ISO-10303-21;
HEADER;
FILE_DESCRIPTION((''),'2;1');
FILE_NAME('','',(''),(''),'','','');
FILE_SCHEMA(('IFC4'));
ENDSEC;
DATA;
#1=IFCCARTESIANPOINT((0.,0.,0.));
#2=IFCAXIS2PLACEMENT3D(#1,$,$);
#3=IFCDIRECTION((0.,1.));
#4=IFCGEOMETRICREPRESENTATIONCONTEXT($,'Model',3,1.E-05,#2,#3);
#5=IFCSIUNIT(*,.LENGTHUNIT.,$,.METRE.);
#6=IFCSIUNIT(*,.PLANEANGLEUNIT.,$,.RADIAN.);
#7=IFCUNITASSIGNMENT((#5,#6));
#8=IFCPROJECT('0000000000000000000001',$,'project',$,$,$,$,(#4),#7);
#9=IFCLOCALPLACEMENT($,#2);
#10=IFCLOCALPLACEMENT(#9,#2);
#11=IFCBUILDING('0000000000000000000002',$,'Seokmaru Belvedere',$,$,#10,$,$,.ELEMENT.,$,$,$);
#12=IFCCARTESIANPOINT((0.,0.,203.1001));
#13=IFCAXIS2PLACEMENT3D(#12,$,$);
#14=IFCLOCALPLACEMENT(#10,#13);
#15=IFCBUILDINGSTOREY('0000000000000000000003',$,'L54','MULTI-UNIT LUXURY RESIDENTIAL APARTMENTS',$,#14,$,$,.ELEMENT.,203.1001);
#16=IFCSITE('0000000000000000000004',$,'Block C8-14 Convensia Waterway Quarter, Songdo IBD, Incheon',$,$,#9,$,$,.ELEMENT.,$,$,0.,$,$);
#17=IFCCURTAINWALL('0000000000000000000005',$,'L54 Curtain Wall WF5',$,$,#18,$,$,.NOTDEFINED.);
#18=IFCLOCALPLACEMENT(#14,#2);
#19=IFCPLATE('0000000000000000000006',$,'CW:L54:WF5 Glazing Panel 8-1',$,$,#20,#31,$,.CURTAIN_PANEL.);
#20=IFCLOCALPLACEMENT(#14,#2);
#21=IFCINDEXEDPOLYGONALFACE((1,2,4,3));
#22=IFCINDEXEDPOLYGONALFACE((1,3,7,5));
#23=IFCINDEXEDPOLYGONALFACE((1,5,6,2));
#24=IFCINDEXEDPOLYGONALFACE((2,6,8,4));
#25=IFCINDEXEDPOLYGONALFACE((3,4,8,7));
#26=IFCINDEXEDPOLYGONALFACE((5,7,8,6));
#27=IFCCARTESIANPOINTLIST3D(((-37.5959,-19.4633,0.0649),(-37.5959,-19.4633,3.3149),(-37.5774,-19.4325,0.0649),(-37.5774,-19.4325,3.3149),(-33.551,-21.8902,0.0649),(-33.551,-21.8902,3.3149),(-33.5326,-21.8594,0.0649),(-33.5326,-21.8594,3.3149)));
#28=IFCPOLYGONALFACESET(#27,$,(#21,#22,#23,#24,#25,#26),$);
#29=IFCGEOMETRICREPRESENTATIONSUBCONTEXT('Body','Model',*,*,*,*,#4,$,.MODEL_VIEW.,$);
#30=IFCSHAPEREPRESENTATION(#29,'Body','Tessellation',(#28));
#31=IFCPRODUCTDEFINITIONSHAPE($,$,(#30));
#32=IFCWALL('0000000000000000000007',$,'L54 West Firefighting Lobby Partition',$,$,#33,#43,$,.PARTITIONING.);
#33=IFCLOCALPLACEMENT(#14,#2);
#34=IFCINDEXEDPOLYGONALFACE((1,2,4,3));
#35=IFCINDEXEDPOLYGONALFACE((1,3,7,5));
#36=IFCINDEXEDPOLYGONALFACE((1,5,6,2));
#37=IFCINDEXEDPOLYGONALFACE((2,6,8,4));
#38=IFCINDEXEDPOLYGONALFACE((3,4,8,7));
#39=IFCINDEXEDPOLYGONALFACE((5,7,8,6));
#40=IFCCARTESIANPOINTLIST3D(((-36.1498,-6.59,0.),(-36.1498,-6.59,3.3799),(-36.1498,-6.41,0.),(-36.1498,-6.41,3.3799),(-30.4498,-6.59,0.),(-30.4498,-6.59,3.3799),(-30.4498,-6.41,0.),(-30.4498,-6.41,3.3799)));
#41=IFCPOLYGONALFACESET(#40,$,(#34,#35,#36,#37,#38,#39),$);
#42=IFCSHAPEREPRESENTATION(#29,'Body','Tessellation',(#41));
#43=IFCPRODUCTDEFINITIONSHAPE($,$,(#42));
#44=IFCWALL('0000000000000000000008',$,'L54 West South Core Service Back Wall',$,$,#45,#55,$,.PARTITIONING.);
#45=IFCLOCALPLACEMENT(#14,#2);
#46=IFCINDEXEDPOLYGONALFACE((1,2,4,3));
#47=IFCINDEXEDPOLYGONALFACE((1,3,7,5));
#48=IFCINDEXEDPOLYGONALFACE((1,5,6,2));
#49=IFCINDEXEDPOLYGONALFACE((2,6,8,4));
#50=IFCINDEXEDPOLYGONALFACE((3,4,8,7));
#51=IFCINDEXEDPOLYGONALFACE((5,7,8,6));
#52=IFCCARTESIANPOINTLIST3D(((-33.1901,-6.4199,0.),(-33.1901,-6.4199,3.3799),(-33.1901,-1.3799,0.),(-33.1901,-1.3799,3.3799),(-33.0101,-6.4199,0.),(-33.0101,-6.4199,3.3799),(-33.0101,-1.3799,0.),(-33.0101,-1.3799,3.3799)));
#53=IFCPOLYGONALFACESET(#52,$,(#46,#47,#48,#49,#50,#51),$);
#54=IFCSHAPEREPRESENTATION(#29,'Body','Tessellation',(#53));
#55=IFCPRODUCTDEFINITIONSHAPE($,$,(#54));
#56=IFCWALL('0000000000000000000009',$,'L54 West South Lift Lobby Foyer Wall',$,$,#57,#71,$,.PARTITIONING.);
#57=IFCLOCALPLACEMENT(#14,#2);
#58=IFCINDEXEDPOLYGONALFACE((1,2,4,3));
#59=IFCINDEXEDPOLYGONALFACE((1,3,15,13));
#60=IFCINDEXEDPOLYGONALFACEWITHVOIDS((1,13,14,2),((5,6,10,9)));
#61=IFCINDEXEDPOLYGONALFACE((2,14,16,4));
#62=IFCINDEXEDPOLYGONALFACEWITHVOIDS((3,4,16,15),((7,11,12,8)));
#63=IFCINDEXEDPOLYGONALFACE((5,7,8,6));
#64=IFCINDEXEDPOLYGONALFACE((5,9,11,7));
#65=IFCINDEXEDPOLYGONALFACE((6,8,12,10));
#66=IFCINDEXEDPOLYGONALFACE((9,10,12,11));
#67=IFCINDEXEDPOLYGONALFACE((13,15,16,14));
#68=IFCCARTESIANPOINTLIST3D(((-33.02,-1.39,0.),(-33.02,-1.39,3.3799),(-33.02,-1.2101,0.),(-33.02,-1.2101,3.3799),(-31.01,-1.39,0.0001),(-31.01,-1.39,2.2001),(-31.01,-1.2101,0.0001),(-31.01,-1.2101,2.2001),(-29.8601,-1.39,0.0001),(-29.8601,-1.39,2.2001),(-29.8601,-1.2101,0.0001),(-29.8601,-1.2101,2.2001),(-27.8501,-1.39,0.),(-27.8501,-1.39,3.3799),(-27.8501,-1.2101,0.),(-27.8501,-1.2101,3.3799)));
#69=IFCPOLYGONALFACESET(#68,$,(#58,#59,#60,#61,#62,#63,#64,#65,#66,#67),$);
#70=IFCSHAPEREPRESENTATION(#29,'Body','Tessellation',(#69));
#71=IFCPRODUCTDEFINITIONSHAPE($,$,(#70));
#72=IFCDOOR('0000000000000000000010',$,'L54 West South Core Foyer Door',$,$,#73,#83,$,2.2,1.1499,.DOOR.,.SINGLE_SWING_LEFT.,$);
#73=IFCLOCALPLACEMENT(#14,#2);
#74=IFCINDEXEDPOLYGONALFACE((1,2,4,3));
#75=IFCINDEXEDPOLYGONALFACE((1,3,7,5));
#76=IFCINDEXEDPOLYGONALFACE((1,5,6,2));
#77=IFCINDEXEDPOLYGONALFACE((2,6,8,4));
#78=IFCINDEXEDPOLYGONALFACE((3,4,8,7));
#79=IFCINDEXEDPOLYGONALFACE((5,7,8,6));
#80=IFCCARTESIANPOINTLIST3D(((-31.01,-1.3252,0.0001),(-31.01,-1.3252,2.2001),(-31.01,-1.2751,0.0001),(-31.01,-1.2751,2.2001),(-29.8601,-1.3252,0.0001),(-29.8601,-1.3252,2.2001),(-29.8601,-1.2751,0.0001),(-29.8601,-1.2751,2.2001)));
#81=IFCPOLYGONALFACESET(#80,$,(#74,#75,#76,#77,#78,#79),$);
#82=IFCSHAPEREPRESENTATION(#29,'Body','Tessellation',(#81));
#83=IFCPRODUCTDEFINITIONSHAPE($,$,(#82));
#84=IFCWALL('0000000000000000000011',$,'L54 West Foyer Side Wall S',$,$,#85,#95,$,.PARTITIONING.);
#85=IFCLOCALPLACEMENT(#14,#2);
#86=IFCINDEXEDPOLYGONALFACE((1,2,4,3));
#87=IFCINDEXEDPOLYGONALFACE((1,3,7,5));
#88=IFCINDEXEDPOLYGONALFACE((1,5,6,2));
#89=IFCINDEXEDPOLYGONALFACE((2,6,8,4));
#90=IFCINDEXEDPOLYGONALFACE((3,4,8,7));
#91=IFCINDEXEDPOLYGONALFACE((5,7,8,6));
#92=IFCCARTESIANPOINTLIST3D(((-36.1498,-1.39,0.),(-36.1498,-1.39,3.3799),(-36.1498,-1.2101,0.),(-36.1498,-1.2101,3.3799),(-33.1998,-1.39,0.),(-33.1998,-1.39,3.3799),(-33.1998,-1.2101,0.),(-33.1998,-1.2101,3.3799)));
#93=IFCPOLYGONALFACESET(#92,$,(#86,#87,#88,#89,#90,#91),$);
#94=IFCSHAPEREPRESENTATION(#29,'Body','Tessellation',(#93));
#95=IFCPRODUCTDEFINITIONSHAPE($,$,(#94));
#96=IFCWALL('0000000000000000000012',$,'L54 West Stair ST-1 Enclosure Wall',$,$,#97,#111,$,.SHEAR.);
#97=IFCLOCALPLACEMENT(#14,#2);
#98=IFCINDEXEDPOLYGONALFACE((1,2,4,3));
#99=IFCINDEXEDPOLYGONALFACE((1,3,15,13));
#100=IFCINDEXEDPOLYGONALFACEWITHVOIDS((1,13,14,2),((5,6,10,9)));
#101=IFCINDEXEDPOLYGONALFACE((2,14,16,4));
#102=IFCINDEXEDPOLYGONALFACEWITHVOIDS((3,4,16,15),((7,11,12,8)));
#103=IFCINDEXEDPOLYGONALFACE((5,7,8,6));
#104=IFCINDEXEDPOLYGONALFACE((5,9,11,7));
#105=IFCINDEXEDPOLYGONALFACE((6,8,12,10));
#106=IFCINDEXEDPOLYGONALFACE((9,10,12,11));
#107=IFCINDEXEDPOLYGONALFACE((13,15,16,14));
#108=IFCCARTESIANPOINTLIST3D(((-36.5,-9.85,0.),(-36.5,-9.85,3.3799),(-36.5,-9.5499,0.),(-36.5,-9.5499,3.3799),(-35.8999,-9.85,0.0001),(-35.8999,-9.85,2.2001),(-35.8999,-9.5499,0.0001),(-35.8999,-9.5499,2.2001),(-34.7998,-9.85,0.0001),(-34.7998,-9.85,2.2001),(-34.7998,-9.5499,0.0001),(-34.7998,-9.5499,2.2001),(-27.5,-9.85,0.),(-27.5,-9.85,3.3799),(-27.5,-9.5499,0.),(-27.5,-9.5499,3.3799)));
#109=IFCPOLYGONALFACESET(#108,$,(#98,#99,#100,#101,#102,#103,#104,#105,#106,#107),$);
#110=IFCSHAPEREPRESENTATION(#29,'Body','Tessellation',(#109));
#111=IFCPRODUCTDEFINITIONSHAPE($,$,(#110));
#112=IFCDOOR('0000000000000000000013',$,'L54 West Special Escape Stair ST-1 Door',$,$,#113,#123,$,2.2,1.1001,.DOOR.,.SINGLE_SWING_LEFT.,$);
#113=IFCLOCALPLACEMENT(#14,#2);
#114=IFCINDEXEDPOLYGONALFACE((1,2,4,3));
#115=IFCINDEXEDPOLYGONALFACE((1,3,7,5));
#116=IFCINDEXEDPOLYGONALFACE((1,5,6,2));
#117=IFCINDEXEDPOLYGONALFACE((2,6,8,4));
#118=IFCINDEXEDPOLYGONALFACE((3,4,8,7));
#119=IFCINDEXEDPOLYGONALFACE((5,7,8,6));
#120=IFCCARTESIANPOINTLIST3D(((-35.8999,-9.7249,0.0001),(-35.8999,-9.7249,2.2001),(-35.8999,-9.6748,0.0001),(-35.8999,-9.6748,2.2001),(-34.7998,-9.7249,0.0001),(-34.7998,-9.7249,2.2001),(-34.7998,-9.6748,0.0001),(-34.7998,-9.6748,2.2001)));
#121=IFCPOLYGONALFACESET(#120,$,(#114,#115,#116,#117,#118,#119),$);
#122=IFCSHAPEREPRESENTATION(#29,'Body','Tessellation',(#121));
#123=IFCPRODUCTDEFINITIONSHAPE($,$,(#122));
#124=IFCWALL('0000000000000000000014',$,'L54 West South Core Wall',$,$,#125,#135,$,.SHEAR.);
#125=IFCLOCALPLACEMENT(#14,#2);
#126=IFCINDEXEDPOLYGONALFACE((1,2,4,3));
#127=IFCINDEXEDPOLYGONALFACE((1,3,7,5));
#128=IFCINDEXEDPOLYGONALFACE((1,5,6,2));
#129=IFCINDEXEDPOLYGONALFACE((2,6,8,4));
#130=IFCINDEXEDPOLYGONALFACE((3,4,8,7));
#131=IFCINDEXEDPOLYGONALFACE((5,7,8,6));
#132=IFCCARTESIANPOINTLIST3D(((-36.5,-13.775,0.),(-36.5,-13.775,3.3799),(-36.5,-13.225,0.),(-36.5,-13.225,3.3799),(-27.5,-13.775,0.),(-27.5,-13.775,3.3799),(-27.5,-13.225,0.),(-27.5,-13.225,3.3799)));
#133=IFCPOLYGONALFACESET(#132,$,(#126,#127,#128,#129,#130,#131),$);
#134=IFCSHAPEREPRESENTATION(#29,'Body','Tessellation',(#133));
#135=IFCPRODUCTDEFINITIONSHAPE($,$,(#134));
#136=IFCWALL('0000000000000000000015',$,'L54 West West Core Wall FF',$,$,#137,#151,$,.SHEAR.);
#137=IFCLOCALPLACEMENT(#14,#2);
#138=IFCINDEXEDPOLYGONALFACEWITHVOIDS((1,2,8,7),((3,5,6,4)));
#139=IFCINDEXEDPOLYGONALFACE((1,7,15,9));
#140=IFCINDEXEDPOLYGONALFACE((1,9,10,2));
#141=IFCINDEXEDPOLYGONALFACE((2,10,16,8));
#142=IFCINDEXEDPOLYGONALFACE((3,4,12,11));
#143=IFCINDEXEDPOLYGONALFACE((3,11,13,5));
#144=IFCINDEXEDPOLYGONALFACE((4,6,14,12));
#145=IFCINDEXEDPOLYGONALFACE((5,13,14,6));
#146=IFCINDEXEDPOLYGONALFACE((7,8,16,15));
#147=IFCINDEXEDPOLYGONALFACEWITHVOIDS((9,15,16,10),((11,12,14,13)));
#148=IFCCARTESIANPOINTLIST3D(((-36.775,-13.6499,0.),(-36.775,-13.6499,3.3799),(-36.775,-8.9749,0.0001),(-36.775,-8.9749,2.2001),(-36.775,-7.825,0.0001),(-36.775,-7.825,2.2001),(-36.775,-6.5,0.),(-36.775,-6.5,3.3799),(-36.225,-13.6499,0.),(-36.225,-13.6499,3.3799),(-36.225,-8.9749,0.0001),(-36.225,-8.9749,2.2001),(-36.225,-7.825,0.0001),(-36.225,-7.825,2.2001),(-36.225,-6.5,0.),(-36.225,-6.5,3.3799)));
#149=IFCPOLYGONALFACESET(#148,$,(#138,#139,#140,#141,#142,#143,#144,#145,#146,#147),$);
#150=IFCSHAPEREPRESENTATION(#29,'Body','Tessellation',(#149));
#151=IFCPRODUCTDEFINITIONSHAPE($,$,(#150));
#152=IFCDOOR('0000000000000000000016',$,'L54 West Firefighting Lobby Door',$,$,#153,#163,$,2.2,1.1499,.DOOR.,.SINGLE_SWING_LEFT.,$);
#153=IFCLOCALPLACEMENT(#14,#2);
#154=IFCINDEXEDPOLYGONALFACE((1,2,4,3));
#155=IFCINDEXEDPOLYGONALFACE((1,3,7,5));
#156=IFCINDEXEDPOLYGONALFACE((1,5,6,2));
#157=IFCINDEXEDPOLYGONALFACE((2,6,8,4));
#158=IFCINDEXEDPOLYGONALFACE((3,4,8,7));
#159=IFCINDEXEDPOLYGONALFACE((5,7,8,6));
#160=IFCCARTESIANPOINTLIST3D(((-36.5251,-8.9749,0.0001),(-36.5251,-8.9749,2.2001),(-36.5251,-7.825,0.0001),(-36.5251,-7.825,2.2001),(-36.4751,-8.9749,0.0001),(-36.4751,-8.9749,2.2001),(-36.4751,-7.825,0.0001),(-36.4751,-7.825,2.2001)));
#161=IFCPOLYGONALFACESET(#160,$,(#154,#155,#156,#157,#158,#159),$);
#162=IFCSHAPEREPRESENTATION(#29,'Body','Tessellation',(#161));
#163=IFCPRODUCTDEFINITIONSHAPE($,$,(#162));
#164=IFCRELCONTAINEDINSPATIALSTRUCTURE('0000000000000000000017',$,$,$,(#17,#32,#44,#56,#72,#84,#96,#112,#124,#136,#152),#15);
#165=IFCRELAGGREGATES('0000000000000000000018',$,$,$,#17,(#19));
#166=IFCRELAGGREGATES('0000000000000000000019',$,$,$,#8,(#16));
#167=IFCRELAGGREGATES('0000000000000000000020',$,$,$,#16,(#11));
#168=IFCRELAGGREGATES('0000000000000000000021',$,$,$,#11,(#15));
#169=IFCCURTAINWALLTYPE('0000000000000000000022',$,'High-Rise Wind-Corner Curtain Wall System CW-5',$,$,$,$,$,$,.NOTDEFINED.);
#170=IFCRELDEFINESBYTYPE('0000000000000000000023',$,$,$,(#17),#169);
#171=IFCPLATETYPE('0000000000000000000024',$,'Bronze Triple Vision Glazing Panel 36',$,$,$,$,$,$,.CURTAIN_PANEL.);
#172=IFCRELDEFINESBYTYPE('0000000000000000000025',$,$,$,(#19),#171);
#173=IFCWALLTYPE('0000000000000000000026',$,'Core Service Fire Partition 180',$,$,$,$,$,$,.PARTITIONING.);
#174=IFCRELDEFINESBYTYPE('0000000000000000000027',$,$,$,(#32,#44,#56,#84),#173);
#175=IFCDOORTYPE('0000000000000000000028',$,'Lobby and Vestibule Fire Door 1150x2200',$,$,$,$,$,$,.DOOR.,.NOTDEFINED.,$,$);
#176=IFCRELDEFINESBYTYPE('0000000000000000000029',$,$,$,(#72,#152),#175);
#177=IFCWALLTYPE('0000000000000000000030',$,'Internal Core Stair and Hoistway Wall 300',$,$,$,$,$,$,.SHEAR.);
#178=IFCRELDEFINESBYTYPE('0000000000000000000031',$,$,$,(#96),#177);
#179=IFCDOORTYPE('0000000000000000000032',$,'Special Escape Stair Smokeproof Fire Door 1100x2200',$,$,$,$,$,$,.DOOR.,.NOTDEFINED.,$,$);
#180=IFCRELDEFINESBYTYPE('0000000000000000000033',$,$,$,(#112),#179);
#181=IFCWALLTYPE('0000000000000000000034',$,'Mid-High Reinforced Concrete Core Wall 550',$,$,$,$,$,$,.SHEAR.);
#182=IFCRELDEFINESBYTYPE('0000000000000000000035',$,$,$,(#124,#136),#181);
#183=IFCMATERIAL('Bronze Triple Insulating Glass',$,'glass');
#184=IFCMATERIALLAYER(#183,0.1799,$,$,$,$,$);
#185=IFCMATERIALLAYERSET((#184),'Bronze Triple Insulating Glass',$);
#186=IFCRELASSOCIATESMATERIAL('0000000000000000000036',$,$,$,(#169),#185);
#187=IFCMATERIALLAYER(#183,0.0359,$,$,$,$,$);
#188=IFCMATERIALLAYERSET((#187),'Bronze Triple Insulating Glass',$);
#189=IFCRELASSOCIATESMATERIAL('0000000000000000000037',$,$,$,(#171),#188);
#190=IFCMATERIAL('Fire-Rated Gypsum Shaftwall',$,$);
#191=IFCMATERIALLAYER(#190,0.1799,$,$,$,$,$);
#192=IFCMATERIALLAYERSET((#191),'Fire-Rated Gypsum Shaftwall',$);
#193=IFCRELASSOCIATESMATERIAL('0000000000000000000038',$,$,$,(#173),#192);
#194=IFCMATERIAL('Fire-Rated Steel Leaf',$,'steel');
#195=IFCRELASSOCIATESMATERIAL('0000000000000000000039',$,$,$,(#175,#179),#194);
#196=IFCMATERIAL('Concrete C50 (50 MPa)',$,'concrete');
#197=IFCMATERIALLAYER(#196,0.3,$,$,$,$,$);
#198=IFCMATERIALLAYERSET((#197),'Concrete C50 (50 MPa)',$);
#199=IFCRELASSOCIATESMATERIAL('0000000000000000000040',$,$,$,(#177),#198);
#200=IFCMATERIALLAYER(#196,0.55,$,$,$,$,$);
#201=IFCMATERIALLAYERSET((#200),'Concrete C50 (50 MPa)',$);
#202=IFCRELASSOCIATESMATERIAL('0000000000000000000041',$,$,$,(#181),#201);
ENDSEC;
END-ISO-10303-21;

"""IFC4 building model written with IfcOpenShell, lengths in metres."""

from ifc_helpers import new_model, si_unit, direction, frame, frame_2d, origin, origin_2d, place, context, subcontext, project, spatial, rectangle, extrude, source, transform, mapped, material, layer, layer_set, type_object, type_shapes, element, fill, aggregate, save


model = new_model("IFC4")

# Units and contexts
model_context = context("Model", 3, precision=1e-05, world=origin(), true_north=direction((0.0, 1.0)))
body_context = subcontext(model_context, "Body", "Model", "MODEL_VIEW")
ifc_project = project(units=[si_unit("LENGTHUNIT", "METRE"), si_unit("PLANEANGLEUNIT", "RADIAN")], contexts=[model_context])

# Site, building, storey
site_placement = place(None, origin())
site = spatial("IfcSite", under=ifc_project, at=site_placement, Name="Block C8-14 Convensia Waterway Quarter, Songdo IBD, Incheon", CompositionType="ELEMENT", RefElevation=0.0)
building_placement = place(site_placement, origin())
building = spatial("IfcBuilding", under=site, at=building_placement, Name="Seokmaru Belvedere", CompositionType="ELEMENT")
storey_placement = place(building_placement, frame((0.0, 0.0, 203.1001)))
storey = spatial("IfcBuildingStorey", under=building, at=storey_placement, Name="L54", Description="MULTI-UNIT LUXURY RESIDENTIAL APARTMENTS", CompositionType="ELEMENT", Elevation=203.1001)

# Curtain wall
ifc_material_1 = material(Name="Bronze Triple Insulating Glass", Category="glass")
ifc_layer_1 = layer(ifc_material_1, 0.1799)
ifc_layer_set_1 = layer_set([ifc_layer_1], Name="Bronze Triple Insulating Glass")
curtain_wall_type = type_object("IfcCurtainWallType", Name="High-Rise Wind-Corner Curtain Wall System CW-5", PredefinedType="NOTDEFINED", material=ifc_layer_set_1)
curtain_wall_1_placement = place(storey_placement, origin())
curtain_wall_1 = element("IfcCurtainWall", 1, at=curtain_wall_1_placement, inside=storey, type_object=curtain_wall_type, Name="L54 Curtain Wall WF5", PredefinedType="NOTDEFINED")

# Plate
ifc_layer_2 = layer(ifc_material_1, 0.0359)
ifc_layer_set_2 = layer_set([ifc_layer_2], Name="Bronze Triple Insulating Glass")
plate_type = type_object("IfcPlateType", Name="Bronze Triple Vision Glazing Panel 36", PredefinedType="CURTAIN_PANEL", material=ifc_layer_set_2)
shared_shape_1 = source(origin(), body_context, "Body", "SweptSolid", [
    extrude(rectangle(XDim=4.717, YDim=0.0359, at=origin_2d()), origin(), (0.0, 0.0, 1.0), 3.25),
])
type_shapes(plate_type, [shared_shape_1])
plate_placement = place(storey_placement, frame((-35.5642, -20.6614, 0.0649), z_axis=(0.0, 0.0, 1.0), x_axis=(0.857493, -0.514495, 0.0)))
plate = element("IfcPlate", 2, at=plate_placement, type_object=plate_type, Name="CW:L54:WF5 Glazing Panel 8-1", PredefinedType="CURTAIN_PANEL", context=body_context, shape_type="MappedRepresentation", body=[
    mapped(shared_shape_1, transform((0.0, 0.0, 0.0), scale=1.0)),
])
aggregate(curtain_wall_1, [plate])

# Shared definitions
ifc_material_2 = material(Name="Fire-Rated Gypsum Shaftwall")

# Walls
ifc_layer_3 = layer(ifc_material_2, 0.1799)
ifc_layer_set_3 = layer_set([ifc_layer_3], Name="Fire-Rated Gypsum Shaftwall")
wall_type_1 = type_object("IfcWallType", Name="Core Service Fire Partition 180", PredefinedType="PARTITIONING", material=ifc_layer_set_3)
wall_1_placement = place(storey_placement, frame((-36.1499, -6.5, 0.0), z_axis=(0.0, 0.0, 1.0), x_axis=(1.0, 0.0, 0.0)))
element("IfcWall", 3, at=wall_1_placement, inside=storey, type_object=wall_type_1, Name="L54 West Firefighting Lobby Partition", PredefinedType="PARTITIONING", context=body_context, shape_type="SweptSolid", body=[
    extrude(rectangle(XDim=5.7, YDim=0.1799, at=frame_2d((2.8501, 0.0))), origin(), (0.0, 0.0, 1.0), 3.3799),
])
wall_2_placement = place(storey_placement, frame((-33.1001, -6.4199, 0.0), z_axis=(0.0, 0.0, 1.0), x_axis=(0.0, 1.0, 0.0)))
element("IfcWall", 4, at=wall_2_placement, inside=storey, type_object=wall_type_1, Name="L54 West South Core Service Back Wall", PredefinedType="PARTITIONING", context=body_context, shape_type="SweptSolid", body=[
    extrude(rectangle(XDim=5.04, YDim=0.1799, at=frame_2d((2.52, 0.0))), origin(), (0.0, 0.0, 1.0), 3.3799),
])

# Wall, opening, door
wall_3_placement = place(storey_placement, frame((-33.02, -1.3, 0.0), z_axis=(0.0, 0.0, 1.0), x_axis=(1.0, 0.0, 0.0)))
wall_3 = element("IfcWall", 5, at=wall_3_placement, inside=storey, type_object=wall_type_1, Name="L54 West South Lift Lobby Foyer Wall", PredefinedType="PARTITIONING", context=body_context, shape_type="SweptSolid", body=[
    extrude(rectangle(XDim=5.1699, YDim=0.1799, at=frame_2d((2.585, 0.0))), origin(), (0.0, 0.0, 1.0), 3.3799),
])
opening_1_placement = place(wall_3_placement, frame((2.01, 0.0, 0.0)))
opening_1 = element("IfcOpeningElement", 6, at=opening_1_placement, cuts=wall_3, PredefinedType="OPENING", context=body_context, shape_type="SweptSolid", body=[
    extrude(rectangle(XDim=1.1499, YDim=2.2, at=frame_2d((0.575, 1.1001))), frame((0.0, 0.1001, 0.0), z_axis=(0.0, -1.0, 0.0), x_axis=(1.0, 0.0, 0.0)), (0.0, 0.0, 1.0), 0.2),
])
ifc_material_3 = material(Name="Fire-Rated Steel Leaf", Category="steel")
door_type_1 = type_object("IfcDoorType", Name="Lobby and Vestibule Fire Door 1150x2200", OperationType="NOTDEFINED", PredefinedType="DOOR", material=ifc_material_3)
shared_shape_2 = source(origin(), body_context, "Body", "SweptSolid", [
    extrude(rectangle(XDim=1.1499, YDim=2.2, at=frame_2d((0.575, 1.1001))), frame((0.0, 0.0249, 0.0), z_axis=(0.0, -1.0, 0.0), x_axis=(1.0, 0.0, 0.0)), (0.0, 0.0, 1.0), 0.05),
])
type_shapes(door_type_1, [shared_shape_2])
door_1_placement = place(opening_1_placement, origin())
door_1 = element("IfcDoor", 7, at=door_1_placement, inside=storey, type_object=door_type_1, Name="L54 West South Core Foyer Door", OperationType="SINGLE_SWING_LEFT", OverallHeight=2.2, OverallWidth=1.1499, PredefinedType="DOOR", context=body_context, shape_type="MappedRepresentation", body=[
    mapped(shared_shape_2, transform((0.0, 0.0, 0.0), scale=1.0)),
])
fill(opening_1, door_1)

# Wall
wall_4_placement = place(storey_placement, frame((-36.1499, -1.3, 0.0), z_axis=(0.0, 0.0, 1.0), x_axis=(1.0, 0.0, 0.0)))
element("IfcWall", 8, at=wall_4_placement, inside=storey, type_object=wall_type_1, Name="L54 West Foyer Side Wall S", PredefinedType="PARTITIONING", context=body_context, shape_type="SweptSolid", body=[
    extrude(rectangle(XDim=2.95, YDim=0.1799, at=frame_2d((1.4751, 0.0))), origin(), (0.0, 0.0, 1.0), 3.3799),
])

# Wall, opening, door
ifc_material_4 = material(Name="Concrete C50 (50 MPa)", Category="concrete")
ifc_layer_4 = layer(ifc_material_4, 0.3)
ifc_layer_set_4 = layer_set([ifc_layer_4], Name="Concrete C50 (50 MPa)")
wall_type_2 = type_object("IfcWallType", Name="Internal Core Stair and Hoistway Wall 300", PredefinedType="SHEAR", material=ifc_layer_set_4)
wall_5_placement = place(storey_placement, frame((-36.5, -9.7, 0.0), z_axis=(0.0, 0.0, 1.0), x_axis=(1.0, 0.0, 0.0)))
wall_5 = element("IfcWall", 9, at=wall_5_placement, inside=storey, type_object=wall_type_2, Name="L54 West Stair ST-1 Enclosure Wall", PredefinedType="SHEAR", context=body_context, shape_type="SweptSolid", body=[
    extrude(rectangle(XDim=9.0, YDim=0.3, at=frame_2d((4.5, 0.0))), origin(), (0.0, 0.0, 1.0), 3.3799),
])
opening_2_placement = place(wall_5_placement, frame((0.6001, 0.0, 0.0)))
opening_2 = element("IfcOpeningElement", 10, at=opening_2_placement, cuts=wall_5, PredefinedType="OPENING", context=body_context, shape_type="SweptSolid", body=[
    extrude(rectangle(XDim=1.1001, YDim=2.2, at=frame_2d((0.55, 1.1001))), frame((0.0, 0.1602, 0.0), z_axis=(0.0, -1.0, 0.0), x_axis=(1.0, 0.0, 0.0)), (0.0, 0.0, 1.0), 0.3201),
])
door_type_2 = type_object("IfcDoorType", Name="Special Escape Stair Smokeproof Fire Door 1100x2200", OperationType="NOTDEFINED", PredefinedType="DOOR", material=ifc_material_3)
shared_shape_3 = source(origin(), body_context, "Body", "SweptSolid", [
    extrude(rectangle(XDim=1.1001, YDim=2.2, at=frame_2d((0.55, 1.1001))), frame((0.0, 0.0249, 0.0), z_axis=(0.0, -1.0, 0.0), x_axis=(1.0, 0.0, 0.0)), (0.0, 0.0, 1.0), 0.05),
])
type_shapes(door_type_2, [shared_shape_3])
door_2_placement = place(opening_2_placement, frame((1.1001, 0.0, 0.0), z_axis=(0.0, 0.0, 1.0), x_axis=(-1.0, 0.0, 0.0)))
door_2 = element("IfcDoor", 11, at=door_2_placement, inside=storey, type_object=door_type_2, Name="L54 West Special Escape Stair ST-1 Door", OperationType="SINGLE_SWING_LEFT", OverallHeight=2.2, OverallWidth=1.1001, PredefinedType="DOOR", context=body_context, shape_type="MappedRepresentation", body=[
    mapped(shared_shape_3, transform((0.0, 0.0, 0.0), scale=1.0)),
])
fill(opening_2, door_2)

# Wall
ifc_layer_5 = layer(ifc_material_4, 0.55)
ifc_layer_set_5 = layer_set([ifc_layer_5], Name="Concrete C50 (50 MPa)")
wall_type_3 = type_object("IfcWallType", Name="Mid-High Reinforced Concrete Core Wall 550", PredefinedType="SHEAR", material=ifc_layer_set_5)
wall_6_placement = place(storey_placement, frame((-36.5, -13.5, 0.0), z_axis=(0.0, 0.0, 1.0), x_axis=(1.0, 0.0, 0.0)))
element("IfcWall", 12, at=wall_6_placement, inside=storey, type_object=wall_type_3, Name="L54 West South Core Wall", PredefinedType="SHEAR", context=body_context, shape_type="SweptSolid", body=[
    extrude(rectangle(XDim=9.0, YDim=0.55, at=frame_2d((4.5, 0.0))), origin(), (0.0, 0.0, 1.0), 3.3799),
])

# Wall, opening, door
wall_7_placement = place(storey_placement, frame((-36.5, -13.6499, 0.0), z_axis=(0.0, 0.0, 1.0), x_axis=(0.0, 1.0, 0.0)))
wall_7 = element("IfcWall", 13, at=wall_7_placement, inside=storey, type_object=wall_type_3, Name="L54 West West Core Wall FF", PredefinedType="SHEAR", context=body_context, shape_type="SweptSolid", body=[
    extrude(rectangle(XDim=7.1499, YDim=0.55, at=frame_2d((3.575, 0.0))), origin(), (0.0, 0.0, 1.0), 3.3799),
])
opening_3_placement = place(wall_7_placement, frame((4.675, 0.0, 0.0)))
opening_3 = element("IfcOpeningElement", 14, at=opening_3_placement, cuts=wall_7, PredefinedType="OPENING", context=body_context, shape_type="SweptSolid", body=[
    extrude(rectangle(XDim=1.1499, YDim=2.2, at=frame_2d((0.575, 1.1001))), frame((0.0, 0.2852, 0.0), z_axis=(0.0, -1.0, 0.0), x_axis=(1.0, 0.0, 0.0)), (0.0, 0.0, 1.0), 0.5701),
])
door_3_placement = place(opening_3_placement, frame((1.1499, 0.0, 0.0), z_axis=(0.0, 0.0, 1.0), x_axis=(-1.0, 0.0, 0.0)))
door_3 = element("IfcDoor", 15, at=door_3_placement, inside=storey, type_object=door_type_1, Name="L54 West Firefighting Lobby Door", OperationType="SINGLE_SWING_LEFT", OverallHeight=2.2, OverallWidth=1.1499, PredefinedType="DOOR", context=body_context, shape_type="MappedRepresentation", body=[
    mapped(shared_shape_2, transform((0.0, 0.0, 0.0), scale=1.0)),
])
fill(opening_3, door_3)

save(model, "model.ifc")
